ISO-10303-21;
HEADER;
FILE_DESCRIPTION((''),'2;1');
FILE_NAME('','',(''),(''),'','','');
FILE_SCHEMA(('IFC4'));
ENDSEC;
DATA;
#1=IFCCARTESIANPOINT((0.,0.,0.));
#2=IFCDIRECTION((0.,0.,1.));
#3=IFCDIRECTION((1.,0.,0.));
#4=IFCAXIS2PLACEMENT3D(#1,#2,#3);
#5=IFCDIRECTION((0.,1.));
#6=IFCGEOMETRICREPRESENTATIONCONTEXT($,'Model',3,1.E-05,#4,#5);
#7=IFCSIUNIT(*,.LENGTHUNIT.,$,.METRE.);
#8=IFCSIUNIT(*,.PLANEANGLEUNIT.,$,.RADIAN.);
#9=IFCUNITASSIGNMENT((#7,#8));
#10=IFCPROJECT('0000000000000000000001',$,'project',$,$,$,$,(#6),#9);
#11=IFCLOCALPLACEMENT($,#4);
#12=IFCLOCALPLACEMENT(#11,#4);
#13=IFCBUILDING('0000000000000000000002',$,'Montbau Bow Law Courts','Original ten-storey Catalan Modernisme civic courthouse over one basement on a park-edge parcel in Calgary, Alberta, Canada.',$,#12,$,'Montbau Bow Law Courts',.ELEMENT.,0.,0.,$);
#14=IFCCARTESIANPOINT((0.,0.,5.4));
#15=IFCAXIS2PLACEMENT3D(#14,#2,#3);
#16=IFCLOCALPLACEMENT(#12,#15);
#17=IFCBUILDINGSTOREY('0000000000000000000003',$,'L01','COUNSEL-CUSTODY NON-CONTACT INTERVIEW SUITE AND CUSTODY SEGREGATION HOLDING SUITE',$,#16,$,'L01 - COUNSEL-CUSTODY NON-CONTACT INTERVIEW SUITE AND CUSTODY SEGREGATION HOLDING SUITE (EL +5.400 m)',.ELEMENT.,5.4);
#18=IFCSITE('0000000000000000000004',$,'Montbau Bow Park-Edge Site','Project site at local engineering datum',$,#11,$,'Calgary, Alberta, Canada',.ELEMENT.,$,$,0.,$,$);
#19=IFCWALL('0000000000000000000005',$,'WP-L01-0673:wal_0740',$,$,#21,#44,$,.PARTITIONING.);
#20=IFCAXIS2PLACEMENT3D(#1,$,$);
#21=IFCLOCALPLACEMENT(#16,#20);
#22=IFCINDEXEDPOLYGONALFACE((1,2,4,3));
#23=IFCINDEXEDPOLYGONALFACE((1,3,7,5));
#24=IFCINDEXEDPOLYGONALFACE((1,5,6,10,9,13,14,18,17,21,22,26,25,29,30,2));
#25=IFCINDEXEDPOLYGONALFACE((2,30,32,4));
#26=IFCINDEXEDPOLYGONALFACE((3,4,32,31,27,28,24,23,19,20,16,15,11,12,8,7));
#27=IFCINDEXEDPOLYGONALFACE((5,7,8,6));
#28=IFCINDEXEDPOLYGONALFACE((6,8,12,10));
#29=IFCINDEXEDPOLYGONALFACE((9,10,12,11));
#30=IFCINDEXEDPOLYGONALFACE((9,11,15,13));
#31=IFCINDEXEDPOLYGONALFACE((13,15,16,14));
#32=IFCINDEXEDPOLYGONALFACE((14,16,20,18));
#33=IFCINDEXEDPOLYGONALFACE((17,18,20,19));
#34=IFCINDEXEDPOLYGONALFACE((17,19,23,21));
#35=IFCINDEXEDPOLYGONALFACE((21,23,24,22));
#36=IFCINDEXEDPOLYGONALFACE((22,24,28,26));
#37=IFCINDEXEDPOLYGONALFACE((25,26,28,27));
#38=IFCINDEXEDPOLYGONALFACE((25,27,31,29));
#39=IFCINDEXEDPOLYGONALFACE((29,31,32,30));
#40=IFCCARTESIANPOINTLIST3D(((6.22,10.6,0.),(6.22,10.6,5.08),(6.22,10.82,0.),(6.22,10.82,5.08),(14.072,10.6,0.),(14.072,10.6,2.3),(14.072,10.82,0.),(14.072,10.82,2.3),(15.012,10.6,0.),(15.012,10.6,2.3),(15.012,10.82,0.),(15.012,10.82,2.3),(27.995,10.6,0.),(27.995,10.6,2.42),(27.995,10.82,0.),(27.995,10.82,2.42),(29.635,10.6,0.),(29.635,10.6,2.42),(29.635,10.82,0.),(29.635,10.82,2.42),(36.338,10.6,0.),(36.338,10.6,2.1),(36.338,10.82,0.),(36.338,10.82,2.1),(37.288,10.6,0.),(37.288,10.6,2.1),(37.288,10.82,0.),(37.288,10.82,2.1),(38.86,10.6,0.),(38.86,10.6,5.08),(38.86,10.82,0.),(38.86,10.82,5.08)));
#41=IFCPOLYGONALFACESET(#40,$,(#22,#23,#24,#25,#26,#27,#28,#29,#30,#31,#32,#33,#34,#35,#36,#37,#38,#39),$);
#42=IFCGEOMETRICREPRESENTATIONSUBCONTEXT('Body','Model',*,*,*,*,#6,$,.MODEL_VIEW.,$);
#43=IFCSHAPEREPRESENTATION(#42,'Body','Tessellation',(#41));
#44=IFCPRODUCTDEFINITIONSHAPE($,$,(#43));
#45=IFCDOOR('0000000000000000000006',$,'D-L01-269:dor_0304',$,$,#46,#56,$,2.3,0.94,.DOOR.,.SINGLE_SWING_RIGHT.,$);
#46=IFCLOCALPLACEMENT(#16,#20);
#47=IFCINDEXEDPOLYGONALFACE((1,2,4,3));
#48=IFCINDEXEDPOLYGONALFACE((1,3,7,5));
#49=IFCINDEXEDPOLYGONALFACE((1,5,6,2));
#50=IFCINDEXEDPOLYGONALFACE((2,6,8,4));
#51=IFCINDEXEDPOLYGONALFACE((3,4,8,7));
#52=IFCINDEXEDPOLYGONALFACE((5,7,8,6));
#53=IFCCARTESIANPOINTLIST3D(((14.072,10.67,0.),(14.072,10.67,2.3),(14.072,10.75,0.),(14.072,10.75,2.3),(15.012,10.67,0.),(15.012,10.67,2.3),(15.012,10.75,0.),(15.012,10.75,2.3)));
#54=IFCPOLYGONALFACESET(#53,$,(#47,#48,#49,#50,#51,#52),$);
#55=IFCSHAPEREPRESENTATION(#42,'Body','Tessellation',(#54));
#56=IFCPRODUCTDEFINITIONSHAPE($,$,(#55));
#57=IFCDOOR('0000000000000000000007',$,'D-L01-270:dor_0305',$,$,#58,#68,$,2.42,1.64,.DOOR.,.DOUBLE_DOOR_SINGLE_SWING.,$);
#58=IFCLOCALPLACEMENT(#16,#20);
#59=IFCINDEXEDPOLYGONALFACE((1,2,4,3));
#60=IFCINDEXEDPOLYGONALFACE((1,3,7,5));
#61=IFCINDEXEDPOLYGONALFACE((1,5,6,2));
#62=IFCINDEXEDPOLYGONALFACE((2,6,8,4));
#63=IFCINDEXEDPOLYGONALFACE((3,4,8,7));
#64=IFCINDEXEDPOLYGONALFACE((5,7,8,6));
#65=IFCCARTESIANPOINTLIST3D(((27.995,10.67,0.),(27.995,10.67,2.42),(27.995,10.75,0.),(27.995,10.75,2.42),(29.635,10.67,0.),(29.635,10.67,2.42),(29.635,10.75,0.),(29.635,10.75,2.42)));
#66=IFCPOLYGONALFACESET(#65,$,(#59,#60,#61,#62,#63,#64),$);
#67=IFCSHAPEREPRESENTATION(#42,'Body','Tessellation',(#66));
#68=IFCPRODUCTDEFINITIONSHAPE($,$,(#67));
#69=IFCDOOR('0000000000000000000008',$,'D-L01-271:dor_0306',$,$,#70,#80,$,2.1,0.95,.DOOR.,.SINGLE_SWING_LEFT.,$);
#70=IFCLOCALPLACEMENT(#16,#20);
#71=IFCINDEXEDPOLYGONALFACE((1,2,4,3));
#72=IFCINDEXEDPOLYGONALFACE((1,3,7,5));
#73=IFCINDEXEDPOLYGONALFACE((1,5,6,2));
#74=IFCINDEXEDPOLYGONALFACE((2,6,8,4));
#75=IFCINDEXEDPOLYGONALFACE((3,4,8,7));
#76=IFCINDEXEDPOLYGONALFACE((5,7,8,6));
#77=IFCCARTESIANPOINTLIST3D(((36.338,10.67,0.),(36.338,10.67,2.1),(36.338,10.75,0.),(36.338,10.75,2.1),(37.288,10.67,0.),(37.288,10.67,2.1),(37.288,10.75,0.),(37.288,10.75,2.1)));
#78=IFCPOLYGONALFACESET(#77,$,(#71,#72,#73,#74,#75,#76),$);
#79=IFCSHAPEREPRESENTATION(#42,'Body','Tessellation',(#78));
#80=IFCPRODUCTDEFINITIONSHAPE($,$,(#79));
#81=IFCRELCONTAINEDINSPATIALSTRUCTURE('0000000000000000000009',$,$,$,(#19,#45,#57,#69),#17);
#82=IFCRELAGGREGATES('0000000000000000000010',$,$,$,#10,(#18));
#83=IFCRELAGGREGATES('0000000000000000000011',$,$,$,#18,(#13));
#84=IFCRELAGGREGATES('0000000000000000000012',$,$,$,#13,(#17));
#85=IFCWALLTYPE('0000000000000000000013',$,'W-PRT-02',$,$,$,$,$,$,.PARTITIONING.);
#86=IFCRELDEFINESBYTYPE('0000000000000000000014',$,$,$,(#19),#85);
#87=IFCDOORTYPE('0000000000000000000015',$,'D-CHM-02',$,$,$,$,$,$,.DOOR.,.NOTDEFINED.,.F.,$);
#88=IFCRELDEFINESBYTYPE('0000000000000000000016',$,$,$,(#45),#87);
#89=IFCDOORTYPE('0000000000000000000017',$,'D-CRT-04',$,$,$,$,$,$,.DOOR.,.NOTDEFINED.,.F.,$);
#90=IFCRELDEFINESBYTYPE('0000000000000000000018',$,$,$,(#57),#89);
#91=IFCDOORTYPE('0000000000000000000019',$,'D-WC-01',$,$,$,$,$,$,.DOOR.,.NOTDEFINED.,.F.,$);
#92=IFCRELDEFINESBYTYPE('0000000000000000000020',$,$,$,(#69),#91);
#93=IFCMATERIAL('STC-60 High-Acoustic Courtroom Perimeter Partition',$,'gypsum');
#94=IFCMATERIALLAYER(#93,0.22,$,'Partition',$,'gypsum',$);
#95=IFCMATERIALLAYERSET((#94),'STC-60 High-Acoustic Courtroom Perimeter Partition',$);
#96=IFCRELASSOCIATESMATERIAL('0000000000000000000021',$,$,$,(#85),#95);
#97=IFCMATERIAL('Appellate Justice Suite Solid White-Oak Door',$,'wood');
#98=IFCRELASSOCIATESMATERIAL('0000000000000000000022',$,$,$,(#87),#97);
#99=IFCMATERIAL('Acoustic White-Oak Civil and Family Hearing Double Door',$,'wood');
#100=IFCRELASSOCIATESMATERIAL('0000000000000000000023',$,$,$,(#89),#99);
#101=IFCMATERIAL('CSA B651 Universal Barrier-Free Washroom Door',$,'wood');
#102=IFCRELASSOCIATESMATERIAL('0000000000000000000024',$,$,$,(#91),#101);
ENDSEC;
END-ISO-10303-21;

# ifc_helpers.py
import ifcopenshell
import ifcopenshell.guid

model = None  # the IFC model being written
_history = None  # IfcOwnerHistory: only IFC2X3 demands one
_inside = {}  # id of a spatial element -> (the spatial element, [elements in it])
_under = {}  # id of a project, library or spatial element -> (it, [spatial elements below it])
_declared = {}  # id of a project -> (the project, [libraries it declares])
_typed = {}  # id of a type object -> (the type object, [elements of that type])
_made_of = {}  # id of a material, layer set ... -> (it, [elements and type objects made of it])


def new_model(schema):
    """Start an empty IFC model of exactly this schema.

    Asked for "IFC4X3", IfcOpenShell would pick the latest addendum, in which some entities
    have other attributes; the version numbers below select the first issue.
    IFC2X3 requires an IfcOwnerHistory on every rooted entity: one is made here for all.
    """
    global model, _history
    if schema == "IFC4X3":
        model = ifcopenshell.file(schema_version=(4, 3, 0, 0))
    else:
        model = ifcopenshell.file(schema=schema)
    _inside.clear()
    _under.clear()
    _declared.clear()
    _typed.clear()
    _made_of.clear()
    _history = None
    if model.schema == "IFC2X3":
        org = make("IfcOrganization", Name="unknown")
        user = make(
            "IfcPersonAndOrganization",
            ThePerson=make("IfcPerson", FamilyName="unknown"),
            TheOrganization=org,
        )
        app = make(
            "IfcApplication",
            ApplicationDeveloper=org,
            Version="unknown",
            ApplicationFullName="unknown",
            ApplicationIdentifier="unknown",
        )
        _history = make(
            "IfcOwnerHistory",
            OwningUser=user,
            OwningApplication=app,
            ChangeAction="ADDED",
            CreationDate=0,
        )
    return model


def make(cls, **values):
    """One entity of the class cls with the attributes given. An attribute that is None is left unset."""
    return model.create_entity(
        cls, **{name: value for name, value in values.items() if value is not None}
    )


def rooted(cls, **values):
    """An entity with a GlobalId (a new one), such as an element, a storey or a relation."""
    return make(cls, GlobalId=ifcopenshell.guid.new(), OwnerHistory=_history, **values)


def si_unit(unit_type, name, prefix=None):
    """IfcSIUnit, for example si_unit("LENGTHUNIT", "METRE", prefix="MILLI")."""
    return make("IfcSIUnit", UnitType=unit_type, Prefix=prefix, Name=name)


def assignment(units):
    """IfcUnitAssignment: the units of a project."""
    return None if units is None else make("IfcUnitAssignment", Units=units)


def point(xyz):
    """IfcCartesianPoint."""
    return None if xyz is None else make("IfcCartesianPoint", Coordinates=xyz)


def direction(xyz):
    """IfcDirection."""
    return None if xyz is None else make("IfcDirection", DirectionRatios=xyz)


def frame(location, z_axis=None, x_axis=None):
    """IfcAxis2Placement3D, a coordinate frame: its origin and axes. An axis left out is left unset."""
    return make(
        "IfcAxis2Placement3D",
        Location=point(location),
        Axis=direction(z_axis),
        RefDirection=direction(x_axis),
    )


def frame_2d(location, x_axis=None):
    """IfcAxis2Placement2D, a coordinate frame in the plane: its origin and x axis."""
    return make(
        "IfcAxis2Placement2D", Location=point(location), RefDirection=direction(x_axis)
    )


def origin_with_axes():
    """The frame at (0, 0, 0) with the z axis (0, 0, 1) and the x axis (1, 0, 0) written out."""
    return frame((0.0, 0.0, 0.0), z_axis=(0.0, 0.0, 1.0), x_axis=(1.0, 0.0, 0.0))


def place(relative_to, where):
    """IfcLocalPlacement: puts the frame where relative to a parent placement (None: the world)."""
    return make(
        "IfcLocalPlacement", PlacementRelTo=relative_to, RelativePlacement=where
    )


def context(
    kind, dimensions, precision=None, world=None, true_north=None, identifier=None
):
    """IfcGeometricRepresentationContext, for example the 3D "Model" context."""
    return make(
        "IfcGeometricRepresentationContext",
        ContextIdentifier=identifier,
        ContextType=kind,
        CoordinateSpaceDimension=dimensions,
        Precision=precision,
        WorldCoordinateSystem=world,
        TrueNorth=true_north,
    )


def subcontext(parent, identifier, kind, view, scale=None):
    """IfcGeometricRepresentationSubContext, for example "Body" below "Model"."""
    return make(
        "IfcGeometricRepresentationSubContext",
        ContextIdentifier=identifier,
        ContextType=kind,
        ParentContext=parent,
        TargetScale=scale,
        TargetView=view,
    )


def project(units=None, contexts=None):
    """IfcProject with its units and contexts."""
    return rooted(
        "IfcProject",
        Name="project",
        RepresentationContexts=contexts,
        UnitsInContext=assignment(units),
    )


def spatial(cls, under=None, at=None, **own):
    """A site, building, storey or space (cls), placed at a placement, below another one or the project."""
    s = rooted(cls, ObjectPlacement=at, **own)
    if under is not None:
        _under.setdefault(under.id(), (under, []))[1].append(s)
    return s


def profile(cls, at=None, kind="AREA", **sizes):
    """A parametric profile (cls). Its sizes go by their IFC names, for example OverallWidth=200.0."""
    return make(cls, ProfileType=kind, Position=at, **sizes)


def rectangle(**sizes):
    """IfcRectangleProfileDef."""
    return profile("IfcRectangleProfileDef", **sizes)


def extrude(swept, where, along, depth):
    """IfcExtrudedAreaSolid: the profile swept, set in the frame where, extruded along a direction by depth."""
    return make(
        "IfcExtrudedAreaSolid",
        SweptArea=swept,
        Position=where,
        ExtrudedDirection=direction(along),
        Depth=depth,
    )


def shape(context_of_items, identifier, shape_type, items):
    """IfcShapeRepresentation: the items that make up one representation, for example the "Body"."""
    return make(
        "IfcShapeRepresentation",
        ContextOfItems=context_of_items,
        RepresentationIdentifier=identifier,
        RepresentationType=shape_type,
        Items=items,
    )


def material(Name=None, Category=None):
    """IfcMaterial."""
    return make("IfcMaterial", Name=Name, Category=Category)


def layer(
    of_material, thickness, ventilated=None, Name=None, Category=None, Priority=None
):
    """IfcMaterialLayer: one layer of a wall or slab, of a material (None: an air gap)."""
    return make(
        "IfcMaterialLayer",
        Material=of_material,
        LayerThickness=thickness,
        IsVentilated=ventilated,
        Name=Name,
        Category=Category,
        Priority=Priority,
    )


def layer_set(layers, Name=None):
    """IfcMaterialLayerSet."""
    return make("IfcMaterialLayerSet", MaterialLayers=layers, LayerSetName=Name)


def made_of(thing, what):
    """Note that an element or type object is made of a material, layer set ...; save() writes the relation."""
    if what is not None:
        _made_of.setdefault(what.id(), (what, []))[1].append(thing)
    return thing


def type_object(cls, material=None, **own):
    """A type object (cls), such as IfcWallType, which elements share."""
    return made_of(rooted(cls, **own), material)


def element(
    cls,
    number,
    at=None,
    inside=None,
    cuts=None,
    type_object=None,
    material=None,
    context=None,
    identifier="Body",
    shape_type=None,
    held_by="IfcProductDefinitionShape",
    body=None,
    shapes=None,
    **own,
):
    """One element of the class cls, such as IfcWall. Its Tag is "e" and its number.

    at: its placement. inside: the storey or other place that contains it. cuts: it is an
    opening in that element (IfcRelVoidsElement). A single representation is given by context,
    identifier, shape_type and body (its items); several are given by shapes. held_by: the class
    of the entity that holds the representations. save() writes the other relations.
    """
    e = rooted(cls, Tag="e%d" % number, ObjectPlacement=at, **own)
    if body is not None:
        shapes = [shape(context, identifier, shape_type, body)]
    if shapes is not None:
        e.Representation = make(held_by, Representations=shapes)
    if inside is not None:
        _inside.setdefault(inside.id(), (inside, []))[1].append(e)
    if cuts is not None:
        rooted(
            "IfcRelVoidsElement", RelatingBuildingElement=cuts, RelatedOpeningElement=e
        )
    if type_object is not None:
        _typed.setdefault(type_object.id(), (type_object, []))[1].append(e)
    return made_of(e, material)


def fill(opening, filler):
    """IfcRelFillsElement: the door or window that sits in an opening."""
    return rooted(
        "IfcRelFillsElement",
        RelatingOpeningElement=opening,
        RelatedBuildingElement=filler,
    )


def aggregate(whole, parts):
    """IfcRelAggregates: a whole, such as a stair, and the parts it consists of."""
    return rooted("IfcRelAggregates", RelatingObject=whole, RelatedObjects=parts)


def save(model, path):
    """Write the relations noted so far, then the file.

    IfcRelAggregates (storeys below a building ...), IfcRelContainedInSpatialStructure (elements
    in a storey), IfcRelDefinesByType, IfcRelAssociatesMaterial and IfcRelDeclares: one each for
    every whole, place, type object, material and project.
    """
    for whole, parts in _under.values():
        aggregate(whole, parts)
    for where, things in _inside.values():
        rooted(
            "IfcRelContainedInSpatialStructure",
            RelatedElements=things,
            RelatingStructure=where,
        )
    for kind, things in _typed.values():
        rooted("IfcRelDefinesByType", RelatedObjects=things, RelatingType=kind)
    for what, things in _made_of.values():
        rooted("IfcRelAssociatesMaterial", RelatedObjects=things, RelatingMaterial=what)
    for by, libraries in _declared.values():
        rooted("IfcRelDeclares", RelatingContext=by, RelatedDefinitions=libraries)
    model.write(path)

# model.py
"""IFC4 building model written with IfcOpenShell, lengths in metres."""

from ifc_helpers import new_model, si_unit, direction, frame, frame_2d, origin_with_axes, place, context, subcontext, project, spatial, rectangle, extrude, material, layer, layer_set, type_object, element, fill, save


model = new_model("IFC4")

# Units and contexts
model_context = context("Model", 3, precision=1e-05, world=origin_with_axes(), true_north=direction((0.0, 1.0)))
body_context = subcontext(model_context, "Body", "Model", "MODEL_VIEW")
ifc_project = project(units=[si_unit("LENGTHUNIT", "METRE"), si_unit("PLANEANGLEUNIT", "RADIAN")], contexts=[model_context])

# Site, building, storey
site_placement = place(None, origin_with_axes())
site = spatial("IfcSite", under=ifc_project, at=site_placement, Name="Montbau Bow Park-Edge Site", Description="Project site at local engineering datum", LongName="Calgary, Alberta, Canada", CompositionType="ELEMENT", RefElevation=0.0)
building_placement = place(site_placement, origin_with_axes())
building = spatial("IfcBuilding", under=site, at=building_placement, Name="Montbau Bow Law Courts", Description="Original ten-storey Catalan Modernisme civic courthouse over one basement on a park-edge parcel in Calgary, Alberta, Canada.", LongName="Montbau Bow Law Courts", CompositionType="ELEMENT", ElevationOfRefHeight=0.0, ElevationOfTerrain=0.0)
storey_placement = place(building_placement, frame((0.0, 0.0, 5.4), z_axis=(0.0, 0.0, 1.0), x_axis=(1.0, 0.0, 0.0)))
storey = spatial("IfcBuildingStorey", under=building, at=storey_placement, Name="L01", Description="COUNSEL-CUSTODY NON-CONTACT INTERVIEW SUITE AND CUSTODY SEGREGATION HOLDING SUITE", LongName="L01 - COUNSEL-CUSTODY NON-CONTACT INTERVIEW SUITE AND CUSTODY SEGREGATION HOLDING SUITE (EL +5.400 m)", CompositionType="ELEMENT", Elevation=5.4)

# Shared definitions
ifc_material_1 = material(Name="STC-60 High-Acoustic Courtroom Perimeter Partition", Category="gypsum")
ifc_layer_1 = layer(ifc_material_1, 0.22, Name="Partition", Category="gypsum")
ifc_layer_set_1 = layer_set([ifc_layer_1], Name="STC-60 High-Acoustic Courtroom Perimeter Partition")
wall_type_1 = type_object("IfcWallType", Name="W-PRT-02", PredefinedType="PARTITIONING", material=ifc_layer_set_1)

# Wall, openings, doors
wall_1_placement = place(None, frame((6.22, 10.71, 5.4), z_axis=(0.0, 0.0, 1.0), x_axis=(1.0, 0.0, 0.0)))
wall_1 = element("IfcWall", 1, at=wall_1_placement, inside=storey, type_object=wall_type_1, Name="WP-L01-0673:wal_0740", PredefinedType="PARTITIONING", context=body_context, shape_type="SweptSolid", body=[
    extrude(rectangle(XDim=32.64, YDim=0.22, at=frame_2d((16.32, 0.0), x_axis=(1.0, 0.0))), origin_with_axes(), (0.0, 0.0, 1.0), 5.08),
])
opening_1_placement = place(None, frame((14.542, 10.71, 5.4), z_axis=(0.0, 0.0, 1.0), x_axis=(1.0, 0.0, 0.0)))
opening_1 = element("IfcOpeningElement", 2, at=opening_1_placement, cuts=wall_1, PredefinedType="OPENING", context=body_context, shape_type="SweptSolid", body=[
    extrude(rectangle(XDim=0.94, YDim=2.3, at=frame_2d((0.0, 1.15), x_axis=(1.0, 0.0))), frame((0.0, 0.12, 0.0), z_axis=(0.0, -1.0, 0.0), x_axis=(1.0, 0.0, 0.0)), (0.0, 0.0, 1.0), 0.24),
])
opening_2_placement = place(None, frame((28.815, 10.71, 5.4), z_axis=(0.0, 0.0, 1.0), x_axis=(1.0, 0.0, 0.0)))
opening_2 = element("IfcOpeningElement", 3, at=opening_2_placement, cuts=wall_1, PredefinedType="OPENING", context=body_context, shape_type="SweptSolid", body=[
    extrude(rectangle(XDim=1.64, YDim=2.42, at=frame_2d((0.0, 1.21), x_axis=(1.0, 0.0))), frame((0.0, 0.12, 0.0), z_axis=(0.0, -1.0, 0.0), x_axis=(1.0, 0.0, 0.0)), (0.0, 0.0, 1.0), 0.24),
])
opening_3_placement = place(None, frame((36.813, 10.71, 5.4), z_axis=(0.0, 0.0, 1.0), x_axis=(1.0, 0.0, 0.0)))
opening_3 = element("IfcOpeningElement", 4, at=opening_3_placement, cuts=wall_1, PredefinedType="OPENING", context=body_context, shape_type="SweptSolid", body=[
    extrude(rectangle(XDim=0.95, YDim=2.1, at=frame_2d((0.0, 1.05), x_axis=(1.0, 0.0))), frame((0.0, 0.12, 0.0), z_axis=(0.0, -1.0, 0.0), x_axis=(1.0, 0.0, 0.0)), (0.0, 0.0, 1.0), 0.24),
])
ifc_material_2 = material(Name="Appellate Justice Suite Solid White-Oak Door", Category="wood")
door_type_1 = type_object("IfcDoorType", Name="D-CHM-02", OperationType="NOTDEFINED", ParameterTakesPrecedence=False, PredefinedType="DOOR", material=ifc_material_2)
door_1_placement = place(None, frame((14.542, 10.71, 5.4), z_axis=(0.0, 0.0, 1.0), x_axis=(1.0, 0.0, 0.0)))
door_1 = element("IfcDoor", 5, at=door_1_placement, inside=storey, type_object=door_type_1, Name="D-L01-269:dor_0304", OperationType="SINGLE_SWING_RIGHT", OverallHeight=2.3, OverallWidth=0.94, PredefinedType="DOOR", context=body_context, shape_type="SweptSolid", body=[
    extrude(rectangle(XDim=0.94, YDim=2.3, at=frame_2d((0.0, 1.15), x_axis=(1.0, 0.0))), frame((0.0, 0.04, 0.0), z_axis=(0.0, -1.0, 0.0), x_axis=(1.0, 0.0, 0.0)), (0.0, 0.0, 1.0), 0.08),
])
fill(opening_1, door_1)
ifc_material_3 = material(Name="Acoustic White-Oak Civil and Family Hearing Double Door", Category="wood")
door_type_2 = type_object("IfcDoorType", Name="D-CRT-04", OperationType="NOTDEFINED", ParameterTakesPrecedence=False, PredefinedType="DOOR", material=ifc_material_3)
door_2_placement = place(None, frame((28.815, 10.71, 5.4), z_axis=(0.0, 0.0, 1.0), x_axis=(1.0, 0.0, 0.0)))
door_2 = element("IfcDoor", 6, at=door_2_placement, inside=storey, type_object=door_type_2, Name="D-L01-270:dor_0305", OperationType="DOUBLE_DOOR_SINGLE_SWING", OverallHeight=2.42, OverallWidth=1.64, PredefinedType="DOOR", context=body_context, shape_type="SweptSolid", body=[
    extrude(rectangle(XDim=1.64, YDim=2.42, at=frame_2d((0.0, 1.21), x_axis=(1.0, 0.0))), frame((0.0, 0.04, 0.0), z_axis=(0.0, -1.0, 0.0), x_axis=(1.0, 0.0, 0.0)), (0.0, 0.0, 1.0), 0.08),
])
fill(opening_2, door_2)
ifc_material_4 = material(Name="CSA B651 Universal Barrier-Free Washroom Door", Category="wood")
door_type_3 = type_object("IfcDoorType", Name="D-WC-01", OperationType="NOTDEFINED", ParameterTakesPrecedence=False, PredefinedType="DOOR", material=ifc_material_4)
door_3_placement = place(None, frame((36.813, 10.71, 5.4), z_axis=(0.0, 0.0, 1.0), x_axis=(1.0, 0.0, 0.0)))
door_3 = element("IfcDoor", 7, at=door_3_placement, inside=storey, type_object=door_type_3, Name="D-L01-271:dor_0306", OperationType="SINGLE_SWING_LEFT", OverallHeight=2.1, OverallWidth=0.95, PredefinedType="DOOR", context=body_context, shape_type="SweptSolid", body=[
    extrude(rectangle(XDim=0.95, YDim=2.1, at=frame_2d((0.0, 1.05), x_axis=(1.0, 0.0))), frame((0.0, 0.04, 0.0), z_axis=(0.0, -1.0, 0.0), x_axis=(1.0, 0.0, 0.0)), (0.0, 0.0, 1.0), 0.08),
])
fill(opening_3, door_3)

save(model, "model.ifc")
